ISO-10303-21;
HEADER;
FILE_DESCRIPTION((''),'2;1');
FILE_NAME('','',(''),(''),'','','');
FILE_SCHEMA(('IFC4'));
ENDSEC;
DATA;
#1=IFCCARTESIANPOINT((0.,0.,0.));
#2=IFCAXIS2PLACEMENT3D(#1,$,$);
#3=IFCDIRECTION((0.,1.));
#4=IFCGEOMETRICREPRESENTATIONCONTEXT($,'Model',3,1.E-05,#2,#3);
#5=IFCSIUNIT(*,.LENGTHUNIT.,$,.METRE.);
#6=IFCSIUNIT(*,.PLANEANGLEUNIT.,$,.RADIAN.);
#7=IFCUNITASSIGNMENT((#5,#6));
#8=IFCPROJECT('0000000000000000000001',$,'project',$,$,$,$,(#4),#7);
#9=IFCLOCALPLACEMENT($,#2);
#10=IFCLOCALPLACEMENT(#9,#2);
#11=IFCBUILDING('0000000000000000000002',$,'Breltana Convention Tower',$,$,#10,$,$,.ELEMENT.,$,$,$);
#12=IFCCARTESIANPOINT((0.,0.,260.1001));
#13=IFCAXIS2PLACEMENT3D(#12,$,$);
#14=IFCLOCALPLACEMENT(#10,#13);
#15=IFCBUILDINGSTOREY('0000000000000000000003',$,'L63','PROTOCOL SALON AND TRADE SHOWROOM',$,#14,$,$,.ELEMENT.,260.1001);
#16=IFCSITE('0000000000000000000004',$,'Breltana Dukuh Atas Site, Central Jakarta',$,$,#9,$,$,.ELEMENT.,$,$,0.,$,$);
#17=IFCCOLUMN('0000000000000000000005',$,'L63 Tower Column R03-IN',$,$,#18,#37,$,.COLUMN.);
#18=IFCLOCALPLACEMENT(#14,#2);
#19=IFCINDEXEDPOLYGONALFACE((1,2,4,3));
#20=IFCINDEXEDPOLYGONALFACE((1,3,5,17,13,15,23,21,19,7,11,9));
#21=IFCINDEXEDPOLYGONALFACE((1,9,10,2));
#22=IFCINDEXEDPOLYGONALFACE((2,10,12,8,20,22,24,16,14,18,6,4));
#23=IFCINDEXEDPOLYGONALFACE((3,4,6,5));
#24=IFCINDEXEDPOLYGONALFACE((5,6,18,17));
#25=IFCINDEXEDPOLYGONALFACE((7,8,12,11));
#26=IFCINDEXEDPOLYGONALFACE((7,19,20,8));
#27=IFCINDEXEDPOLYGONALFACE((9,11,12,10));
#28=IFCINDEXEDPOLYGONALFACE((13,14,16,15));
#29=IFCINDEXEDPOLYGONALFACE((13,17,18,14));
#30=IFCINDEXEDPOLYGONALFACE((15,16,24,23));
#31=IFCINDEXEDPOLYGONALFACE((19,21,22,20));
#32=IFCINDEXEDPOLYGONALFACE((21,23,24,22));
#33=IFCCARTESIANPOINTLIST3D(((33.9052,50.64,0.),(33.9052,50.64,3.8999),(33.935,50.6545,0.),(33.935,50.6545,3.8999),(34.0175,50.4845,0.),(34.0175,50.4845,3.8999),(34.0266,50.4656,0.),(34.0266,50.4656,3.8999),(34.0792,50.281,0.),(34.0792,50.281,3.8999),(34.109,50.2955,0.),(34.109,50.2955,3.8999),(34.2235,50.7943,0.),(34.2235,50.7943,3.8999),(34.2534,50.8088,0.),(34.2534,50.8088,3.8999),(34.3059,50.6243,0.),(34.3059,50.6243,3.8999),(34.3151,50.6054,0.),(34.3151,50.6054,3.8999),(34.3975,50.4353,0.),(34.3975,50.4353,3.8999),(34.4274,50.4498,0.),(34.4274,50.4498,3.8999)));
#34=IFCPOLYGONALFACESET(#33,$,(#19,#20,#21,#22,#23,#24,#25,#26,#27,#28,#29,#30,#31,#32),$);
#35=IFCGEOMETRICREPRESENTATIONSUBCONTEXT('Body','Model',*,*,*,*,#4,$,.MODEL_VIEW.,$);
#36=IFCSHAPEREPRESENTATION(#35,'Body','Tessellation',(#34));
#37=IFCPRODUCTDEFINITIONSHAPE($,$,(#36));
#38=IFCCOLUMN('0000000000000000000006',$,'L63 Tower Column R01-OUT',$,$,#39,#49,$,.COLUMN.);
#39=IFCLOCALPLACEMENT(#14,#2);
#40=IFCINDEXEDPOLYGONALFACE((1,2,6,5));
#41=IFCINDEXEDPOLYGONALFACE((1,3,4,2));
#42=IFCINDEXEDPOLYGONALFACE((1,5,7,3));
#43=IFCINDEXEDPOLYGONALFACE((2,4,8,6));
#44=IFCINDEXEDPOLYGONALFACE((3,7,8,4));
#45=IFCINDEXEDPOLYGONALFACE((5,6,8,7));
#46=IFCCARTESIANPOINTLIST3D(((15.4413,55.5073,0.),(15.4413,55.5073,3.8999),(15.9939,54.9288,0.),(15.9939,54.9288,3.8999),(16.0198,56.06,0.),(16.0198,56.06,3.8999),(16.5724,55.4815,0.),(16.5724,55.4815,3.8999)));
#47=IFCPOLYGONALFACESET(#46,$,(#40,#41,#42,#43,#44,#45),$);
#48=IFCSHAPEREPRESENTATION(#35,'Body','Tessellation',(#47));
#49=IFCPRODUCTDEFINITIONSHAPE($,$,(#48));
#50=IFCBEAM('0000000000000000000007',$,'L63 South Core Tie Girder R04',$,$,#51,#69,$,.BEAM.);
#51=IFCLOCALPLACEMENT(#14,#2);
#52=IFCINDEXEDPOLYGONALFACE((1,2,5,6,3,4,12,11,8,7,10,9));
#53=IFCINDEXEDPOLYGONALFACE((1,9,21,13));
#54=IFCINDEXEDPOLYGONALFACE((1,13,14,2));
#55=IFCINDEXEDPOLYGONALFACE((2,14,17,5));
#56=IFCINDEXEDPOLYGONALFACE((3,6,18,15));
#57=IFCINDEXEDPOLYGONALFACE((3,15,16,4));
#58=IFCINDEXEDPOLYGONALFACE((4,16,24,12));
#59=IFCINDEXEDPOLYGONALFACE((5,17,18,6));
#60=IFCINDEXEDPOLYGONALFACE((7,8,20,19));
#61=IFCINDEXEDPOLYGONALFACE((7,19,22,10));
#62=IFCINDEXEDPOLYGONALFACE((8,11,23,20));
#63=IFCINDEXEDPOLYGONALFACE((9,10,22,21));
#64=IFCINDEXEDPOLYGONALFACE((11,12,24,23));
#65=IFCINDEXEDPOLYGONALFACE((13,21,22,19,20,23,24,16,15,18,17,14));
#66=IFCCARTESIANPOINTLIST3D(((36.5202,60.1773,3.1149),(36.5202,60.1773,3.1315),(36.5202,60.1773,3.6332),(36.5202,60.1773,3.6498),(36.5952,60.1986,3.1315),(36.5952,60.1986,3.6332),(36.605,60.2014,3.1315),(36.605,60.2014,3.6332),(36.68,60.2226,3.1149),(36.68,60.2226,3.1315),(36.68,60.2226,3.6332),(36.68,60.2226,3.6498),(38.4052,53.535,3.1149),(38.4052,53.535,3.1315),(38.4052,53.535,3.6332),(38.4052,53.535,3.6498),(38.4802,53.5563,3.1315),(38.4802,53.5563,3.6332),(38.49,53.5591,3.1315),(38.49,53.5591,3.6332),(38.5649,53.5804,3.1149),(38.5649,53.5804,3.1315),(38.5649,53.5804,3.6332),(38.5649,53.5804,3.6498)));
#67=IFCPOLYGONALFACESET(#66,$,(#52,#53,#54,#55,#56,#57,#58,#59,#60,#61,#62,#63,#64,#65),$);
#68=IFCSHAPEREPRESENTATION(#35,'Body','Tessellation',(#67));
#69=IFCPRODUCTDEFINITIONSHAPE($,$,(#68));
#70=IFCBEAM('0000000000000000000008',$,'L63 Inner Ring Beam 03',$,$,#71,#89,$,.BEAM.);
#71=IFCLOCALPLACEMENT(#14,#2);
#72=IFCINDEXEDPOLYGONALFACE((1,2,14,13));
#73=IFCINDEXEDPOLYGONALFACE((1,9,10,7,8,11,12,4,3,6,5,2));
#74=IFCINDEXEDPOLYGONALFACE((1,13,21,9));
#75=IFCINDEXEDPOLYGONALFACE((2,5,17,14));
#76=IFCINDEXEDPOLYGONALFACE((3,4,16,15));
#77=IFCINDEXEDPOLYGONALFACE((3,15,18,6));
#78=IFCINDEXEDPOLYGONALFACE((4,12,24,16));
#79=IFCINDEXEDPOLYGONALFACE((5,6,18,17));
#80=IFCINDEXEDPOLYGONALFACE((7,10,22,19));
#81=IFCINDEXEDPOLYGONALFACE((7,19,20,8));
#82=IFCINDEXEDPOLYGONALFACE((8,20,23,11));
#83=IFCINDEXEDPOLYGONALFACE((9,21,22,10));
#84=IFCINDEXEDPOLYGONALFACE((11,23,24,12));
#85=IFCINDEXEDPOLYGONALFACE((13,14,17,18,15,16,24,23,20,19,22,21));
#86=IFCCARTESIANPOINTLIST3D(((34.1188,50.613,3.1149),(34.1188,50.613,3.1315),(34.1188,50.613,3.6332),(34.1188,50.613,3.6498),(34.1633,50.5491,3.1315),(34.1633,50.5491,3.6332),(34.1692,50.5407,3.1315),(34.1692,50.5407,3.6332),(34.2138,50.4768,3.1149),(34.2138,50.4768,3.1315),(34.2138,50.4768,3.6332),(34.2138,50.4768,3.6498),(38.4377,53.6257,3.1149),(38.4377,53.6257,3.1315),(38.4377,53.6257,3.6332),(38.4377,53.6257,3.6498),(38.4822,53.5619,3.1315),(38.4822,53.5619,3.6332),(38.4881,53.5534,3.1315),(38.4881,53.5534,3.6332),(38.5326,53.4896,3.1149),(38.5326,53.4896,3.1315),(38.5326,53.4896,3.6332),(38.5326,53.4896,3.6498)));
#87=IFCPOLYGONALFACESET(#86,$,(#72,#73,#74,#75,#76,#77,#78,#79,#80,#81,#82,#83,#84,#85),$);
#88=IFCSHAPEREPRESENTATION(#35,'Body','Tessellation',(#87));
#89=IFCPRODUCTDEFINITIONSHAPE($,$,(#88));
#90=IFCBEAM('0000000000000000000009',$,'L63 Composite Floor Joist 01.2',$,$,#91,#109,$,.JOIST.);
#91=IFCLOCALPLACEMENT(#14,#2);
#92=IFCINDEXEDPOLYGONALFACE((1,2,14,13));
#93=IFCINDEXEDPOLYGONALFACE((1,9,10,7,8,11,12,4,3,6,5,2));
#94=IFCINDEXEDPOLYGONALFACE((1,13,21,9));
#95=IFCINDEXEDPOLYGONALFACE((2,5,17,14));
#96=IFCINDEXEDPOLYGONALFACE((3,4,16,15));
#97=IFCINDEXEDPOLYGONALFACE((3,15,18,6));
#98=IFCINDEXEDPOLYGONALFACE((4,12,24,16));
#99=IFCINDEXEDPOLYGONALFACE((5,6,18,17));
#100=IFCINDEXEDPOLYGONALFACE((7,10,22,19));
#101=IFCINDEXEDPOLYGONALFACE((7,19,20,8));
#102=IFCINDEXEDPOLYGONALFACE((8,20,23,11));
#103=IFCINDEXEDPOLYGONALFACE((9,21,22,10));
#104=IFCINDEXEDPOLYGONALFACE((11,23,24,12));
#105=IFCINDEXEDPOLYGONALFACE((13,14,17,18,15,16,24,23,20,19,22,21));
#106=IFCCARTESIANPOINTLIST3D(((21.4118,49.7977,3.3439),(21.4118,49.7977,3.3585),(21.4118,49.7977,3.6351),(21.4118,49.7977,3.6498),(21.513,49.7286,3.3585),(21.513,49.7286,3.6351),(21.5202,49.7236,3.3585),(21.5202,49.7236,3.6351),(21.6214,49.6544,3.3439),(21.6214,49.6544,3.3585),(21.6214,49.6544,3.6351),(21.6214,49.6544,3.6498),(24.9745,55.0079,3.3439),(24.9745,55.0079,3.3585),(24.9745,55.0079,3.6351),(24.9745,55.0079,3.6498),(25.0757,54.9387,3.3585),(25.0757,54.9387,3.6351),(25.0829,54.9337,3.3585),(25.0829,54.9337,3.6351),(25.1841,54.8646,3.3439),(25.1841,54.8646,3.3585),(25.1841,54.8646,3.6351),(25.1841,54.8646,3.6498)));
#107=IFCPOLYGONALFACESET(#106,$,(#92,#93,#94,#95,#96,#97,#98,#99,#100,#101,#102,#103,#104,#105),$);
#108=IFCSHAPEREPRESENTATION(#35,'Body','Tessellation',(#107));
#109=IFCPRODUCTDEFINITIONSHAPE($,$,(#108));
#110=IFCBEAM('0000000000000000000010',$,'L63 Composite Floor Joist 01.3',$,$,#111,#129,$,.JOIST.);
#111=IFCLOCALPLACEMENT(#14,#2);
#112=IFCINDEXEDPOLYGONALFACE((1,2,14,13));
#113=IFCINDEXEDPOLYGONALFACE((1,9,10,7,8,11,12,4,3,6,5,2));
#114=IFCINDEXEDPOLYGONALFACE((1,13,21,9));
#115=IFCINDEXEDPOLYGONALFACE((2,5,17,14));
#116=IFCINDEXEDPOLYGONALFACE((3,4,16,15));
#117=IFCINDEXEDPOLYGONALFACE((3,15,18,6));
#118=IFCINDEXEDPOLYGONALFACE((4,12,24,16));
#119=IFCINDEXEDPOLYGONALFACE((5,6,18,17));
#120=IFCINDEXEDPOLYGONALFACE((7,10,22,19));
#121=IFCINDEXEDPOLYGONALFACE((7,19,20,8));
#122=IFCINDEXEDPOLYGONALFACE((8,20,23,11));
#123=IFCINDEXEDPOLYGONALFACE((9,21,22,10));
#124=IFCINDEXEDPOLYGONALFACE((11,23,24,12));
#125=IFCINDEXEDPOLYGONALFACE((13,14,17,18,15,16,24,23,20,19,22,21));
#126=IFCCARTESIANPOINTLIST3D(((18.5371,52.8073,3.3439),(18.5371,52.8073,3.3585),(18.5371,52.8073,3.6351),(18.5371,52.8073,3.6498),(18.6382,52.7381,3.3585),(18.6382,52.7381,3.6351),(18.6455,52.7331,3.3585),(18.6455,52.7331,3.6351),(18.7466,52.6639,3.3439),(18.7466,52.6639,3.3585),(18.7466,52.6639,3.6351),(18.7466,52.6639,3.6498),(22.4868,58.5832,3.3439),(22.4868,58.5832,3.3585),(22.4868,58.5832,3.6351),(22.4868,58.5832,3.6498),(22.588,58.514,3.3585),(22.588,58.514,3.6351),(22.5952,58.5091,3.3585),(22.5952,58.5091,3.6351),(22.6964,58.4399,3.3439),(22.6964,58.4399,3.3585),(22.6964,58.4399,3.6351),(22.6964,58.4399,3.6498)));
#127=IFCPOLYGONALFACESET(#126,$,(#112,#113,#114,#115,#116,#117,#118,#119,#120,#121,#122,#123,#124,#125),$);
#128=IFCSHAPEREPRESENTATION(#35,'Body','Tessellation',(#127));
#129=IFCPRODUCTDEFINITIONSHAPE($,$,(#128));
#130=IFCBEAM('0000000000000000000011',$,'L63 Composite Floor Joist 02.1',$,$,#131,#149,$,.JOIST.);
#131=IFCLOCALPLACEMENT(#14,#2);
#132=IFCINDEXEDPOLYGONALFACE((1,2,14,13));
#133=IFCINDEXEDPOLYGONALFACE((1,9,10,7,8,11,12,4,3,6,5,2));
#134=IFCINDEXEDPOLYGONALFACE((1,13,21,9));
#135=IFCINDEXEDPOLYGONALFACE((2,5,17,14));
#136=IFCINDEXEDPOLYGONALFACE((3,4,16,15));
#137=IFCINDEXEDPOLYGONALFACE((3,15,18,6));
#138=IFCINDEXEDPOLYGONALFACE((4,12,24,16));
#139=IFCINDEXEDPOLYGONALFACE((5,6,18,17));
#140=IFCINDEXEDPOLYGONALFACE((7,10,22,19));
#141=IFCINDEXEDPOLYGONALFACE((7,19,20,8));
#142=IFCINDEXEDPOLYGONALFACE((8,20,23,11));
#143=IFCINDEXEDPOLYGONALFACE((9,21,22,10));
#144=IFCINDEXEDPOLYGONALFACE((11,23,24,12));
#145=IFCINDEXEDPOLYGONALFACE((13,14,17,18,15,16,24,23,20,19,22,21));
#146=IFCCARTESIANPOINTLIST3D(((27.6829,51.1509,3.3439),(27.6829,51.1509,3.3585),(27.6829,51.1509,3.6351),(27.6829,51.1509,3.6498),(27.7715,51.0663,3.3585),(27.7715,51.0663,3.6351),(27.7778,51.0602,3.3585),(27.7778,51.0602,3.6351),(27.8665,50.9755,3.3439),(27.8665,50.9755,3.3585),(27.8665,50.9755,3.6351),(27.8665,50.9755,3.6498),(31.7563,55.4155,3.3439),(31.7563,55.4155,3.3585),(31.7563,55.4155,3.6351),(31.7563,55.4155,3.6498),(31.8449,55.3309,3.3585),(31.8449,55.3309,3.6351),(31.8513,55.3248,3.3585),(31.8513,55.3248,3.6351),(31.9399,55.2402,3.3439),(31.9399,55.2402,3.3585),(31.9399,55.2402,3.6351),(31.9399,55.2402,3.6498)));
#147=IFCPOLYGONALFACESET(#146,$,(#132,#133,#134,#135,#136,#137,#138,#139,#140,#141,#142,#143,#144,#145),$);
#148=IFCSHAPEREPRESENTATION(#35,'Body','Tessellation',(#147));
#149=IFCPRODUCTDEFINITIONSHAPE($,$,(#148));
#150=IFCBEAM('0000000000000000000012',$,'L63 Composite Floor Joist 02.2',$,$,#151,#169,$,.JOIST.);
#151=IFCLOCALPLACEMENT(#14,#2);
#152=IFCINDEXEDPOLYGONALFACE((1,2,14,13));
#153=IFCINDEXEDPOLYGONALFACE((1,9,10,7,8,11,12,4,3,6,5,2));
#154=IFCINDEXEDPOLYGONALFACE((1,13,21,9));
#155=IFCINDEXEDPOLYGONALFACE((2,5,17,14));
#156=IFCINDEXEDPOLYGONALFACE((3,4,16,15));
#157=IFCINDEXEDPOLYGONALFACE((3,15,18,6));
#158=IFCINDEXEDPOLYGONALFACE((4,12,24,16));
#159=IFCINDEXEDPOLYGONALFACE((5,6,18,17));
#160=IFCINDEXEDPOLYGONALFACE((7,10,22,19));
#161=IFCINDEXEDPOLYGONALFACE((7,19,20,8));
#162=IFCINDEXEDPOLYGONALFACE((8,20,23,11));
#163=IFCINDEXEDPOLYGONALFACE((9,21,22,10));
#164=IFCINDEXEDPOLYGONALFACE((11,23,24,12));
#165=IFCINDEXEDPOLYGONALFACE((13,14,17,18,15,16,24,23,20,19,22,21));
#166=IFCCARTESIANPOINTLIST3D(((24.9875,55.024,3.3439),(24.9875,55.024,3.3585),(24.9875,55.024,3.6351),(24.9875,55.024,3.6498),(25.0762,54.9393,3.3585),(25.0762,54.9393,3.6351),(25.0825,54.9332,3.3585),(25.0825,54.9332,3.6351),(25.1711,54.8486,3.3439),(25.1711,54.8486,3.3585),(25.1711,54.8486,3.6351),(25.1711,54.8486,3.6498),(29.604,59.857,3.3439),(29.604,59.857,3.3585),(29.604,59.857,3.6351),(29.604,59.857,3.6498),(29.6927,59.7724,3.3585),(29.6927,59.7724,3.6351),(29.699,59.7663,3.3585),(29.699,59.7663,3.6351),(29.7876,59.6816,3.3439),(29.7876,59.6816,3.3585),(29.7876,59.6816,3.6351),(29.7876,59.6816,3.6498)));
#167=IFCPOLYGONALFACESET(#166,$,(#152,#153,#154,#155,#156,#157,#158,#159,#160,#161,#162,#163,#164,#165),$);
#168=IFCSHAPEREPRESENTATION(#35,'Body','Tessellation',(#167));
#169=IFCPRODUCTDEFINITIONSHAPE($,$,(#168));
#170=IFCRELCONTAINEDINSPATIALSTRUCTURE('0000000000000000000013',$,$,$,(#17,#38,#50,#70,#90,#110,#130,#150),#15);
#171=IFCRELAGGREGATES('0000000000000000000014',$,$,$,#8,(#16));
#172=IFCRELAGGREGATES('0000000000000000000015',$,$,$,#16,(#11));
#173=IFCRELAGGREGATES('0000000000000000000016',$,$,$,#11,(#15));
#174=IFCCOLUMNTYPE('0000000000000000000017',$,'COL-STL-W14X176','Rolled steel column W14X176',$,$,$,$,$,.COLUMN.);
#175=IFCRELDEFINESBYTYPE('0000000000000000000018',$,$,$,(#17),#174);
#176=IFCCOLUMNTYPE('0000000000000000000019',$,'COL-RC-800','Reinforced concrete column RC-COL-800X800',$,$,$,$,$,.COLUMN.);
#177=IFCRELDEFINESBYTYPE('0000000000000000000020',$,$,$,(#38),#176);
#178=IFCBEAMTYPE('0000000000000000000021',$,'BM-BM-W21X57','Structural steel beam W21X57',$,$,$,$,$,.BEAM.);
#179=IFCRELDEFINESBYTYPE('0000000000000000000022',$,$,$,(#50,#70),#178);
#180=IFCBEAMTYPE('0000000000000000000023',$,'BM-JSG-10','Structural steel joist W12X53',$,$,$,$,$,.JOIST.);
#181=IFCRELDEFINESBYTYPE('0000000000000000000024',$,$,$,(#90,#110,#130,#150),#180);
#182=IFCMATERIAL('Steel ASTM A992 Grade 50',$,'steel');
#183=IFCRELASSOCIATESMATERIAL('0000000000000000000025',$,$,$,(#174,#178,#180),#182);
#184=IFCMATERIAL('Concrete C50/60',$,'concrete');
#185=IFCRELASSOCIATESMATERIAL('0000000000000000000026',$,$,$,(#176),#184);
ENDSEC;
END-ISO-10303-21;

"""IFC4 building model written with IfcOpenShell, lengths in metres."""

from ifc_helpers import new_model, si_unit, direction, frame, origin, origin_2d, place, context, subcontext, project, spatial, rectangle, i_section, extrude, source, transform, mapped, material, material_profile, profile_set, type_object, type_shapes, element, save


model = new_model("IFC4")

# Units and contexts
model_context = context("Model", 3, precision=1e-05, world=origin(), true_north=direction((0.0, 1.0)))
body_context = subcontext(model_context, "Body", "Model", "MODEL_VIEW")
ifc_project = project(units=[si_unit("LENGTHUNIT", "METRE"), si_unit("PLANEANGLEUNIT", "RADIAN")], contexts=[model_context])

# Site, building, storey
site_placement = place(None, origin())
site = spatial("IfcSite", under=ifc_project, at=site_placement, Name="Breltana Dukuh Atas Site, Central Jakarta", CompositionType="ELEMENT", RefElevation=0.0)
building_placement = place(site_placement, origin())
building = spatial("IfcBuilding", under=site, at=building_placement, Name="Breltana Convention Tower", CompositionType="ELEMENT")
storey_placement = place(building_placement, frame((0.0, 0.0, 260.1001)))
storey = spatial("IfcBuildingStorey", under=building, at=storey_placement, Name="L63", Description="PROTOCOL SALON AND TRADE SHOWROOM", CompositionType="ELEMENT", Elevation=260.1001)

# Columns
ifc_material_1 = material(Name="Steel ASTM A992 Grade 50", Category="steel")
ifc_material_profile_1 = material_profile(ifc_material_1, i_section(OverallWidth=0.3989, OverallDepth=0.387, WebThickness=0.021, FlangeThickness=0.0332, at=origin_2d()), Name="W14X176")
ifc_profile_set_1 = profile_set([ifc_material_profile_1], Name="Steel ASTM A992 Grade 50")
column_type_1 = type_object("IfcColumnType", Name="COL-STL-W14X176", Description="Rolled steel column W14X176", PredefinedType="COLUMN", material=ifc_profile_set_1)
shared_shape_1 = source(origin(), body_context, "Body", "SweptSolid", [
    extrude(i_section(OverallWidth=0.3989, OverallDepth=0.387, WebThickness=0.021, FlangeThickness=0.0332, at=origin_2d()), origin(), (0.0, 0.0, 1.0), 3.8999),
])
type_shapes(column_type_1, [shared_shape_1])
column_1_placement = place(storey_placement, frame((34.1663, 50.5449, 0.0), z_axis=(0.0, 0.0, 1.0), x_axis=(-0.436174, 0.899863, 0.0)))
element("IfcColumn", 1, at=column_1_placement, inside=storey, type_object=column_type_1, Name="L63 Tower Column R03-IN", PredefinedType="COLUMN", context=body_context, shape_type="MappedRepresentation", body=[
    mapped(shared_shape_1, transform((0.0, 0.0, 0.0), scale=1.0)),
])
ifc_material_2 = material(Name="Concrete C50/60", Category="concrete")
ifc_material_profile_2 = material_profile(ifc_material_2, rectangle(XDim=0.8, YDim=0.8, at=origin_2d()), Name="RC-COL-800X800")
ifc_profile_set_2 = profile_set([ifc_material_profile_2], Name="Concrete C50/60")
column_type_2 = type_object("IfcColumnType", Name="COL-RC-800", Description="Reinforced concrete column RC-COL-800X800", PredefinedType="COLUMN", material=ifc_profile_set_2)
shared_shape_2 = source(origin(), body_context, "Body", "SweptSolid", [
    extrude(rectangle(XDim=0.8, YDim=0.8, at=origin_2d()), origin(), (0.0, 0.0, 1.0), 3.8999),
])
column_2_placement = place(storey_placement, frame((16.0068, 55.4944, 0.0), z_axis=(0.0, 0.0, 1.0), x_axis=(-0.690756, 0.723088, 0.0)))
element("IfcColumn", 2, at=column_2_placement, inside=storey, type_object=column_type_2, Name="L63 Tower Column R01-OUT", PredefinedType="COLUMN", context=body_context, shape_type="MappedRepresentation", body=[
    mapped(shared_shape_2, transform((0.0, 0.0, 0.0), scale=1.0)),
])

# Beams
ifc_material_profile_3 = material_profile(ifc_material_1, i_section(OverallWidth=0.166, OverallDepth=0.5349, WebThickness=0.0103, FlangeThickness=0.0166, at=origin_2d()), Name="W21X57")
ifc_profile_set_3 = profile_set([ifc_material_profile_3], Name="Steel ASTM A992 Grade 50")
beam_type_1 = type_object("IfcBeamType", Name="BM-BM-W21X57", Description="Structural steel beam W21X57", PredefinedType="BEAM", material=ifc_profile_set_3)
shared_shape_3 = source(origin(), body_context, "Body", "SweptSolid", [
    extrude(i_section(OverallWidth=0.166, OverallDepth=0.5349, WebThickness=0.0103, FlangeThickness=0.0166, at=origin_2d()), origin(), (0.0, 0.0, 1.0), 6.9045),
])
type_shapes(beam_type_1, [shared_shape_3])
beam_1_placement = place(storey_placement, frame((36.6001, 60.2, 3.3823), z_axis=(0.273007, -0.962012, 0.0), x_axis=(0.962012, 0.273007, 0.0)))
element("IfcBeam", 3, at=beam_1_placement, inside=storey, type_object=beam_type_1, Name="L63 South Core Tie Girder R04", PredefinedType="BEAM", context=body_context, shape_type="MappedRepresentation", body=[
    mapped(shared_shape_3, transform((0.0, 0.0, 0.0), scale=1.0)),
])
shared_shape_4 = source(origin(), body_context, "Body", "SweptSolid", [
    extrude(i_section(OverallWidth=0.166, OverallDepth=0.5349, WebThickness=0.0103, FlangeThickness=0.0166, at=origin_2d()), origin(), (0.0, 0.0, 1.0), 5.2659),
])
beam_2_placement = place(storey_placement, frame((34.1663, 50.5449, 3.3823), z_axis=(0.820167, 0.572124, 0.0), x_axis=(-0.572124, 0.820167, 0.0)))
element("IfcBeam", 4, at=beam_2_placement, inside=storey, type_object=beam_type_1, Name="L63 Inner Ring Beam 03", PredefinedType="BEAM", context=body_context, shape_type="MappedRepresentation", body=[
    mapped(shared_shape_4, transform((0.0, 0.0, 0.0), scale=1.0)),
])
ifc_material_profile_4 = material_profile(ifc_material_1, i_section(OverallWidth=0.2539, OverallDepth=0.3059, WebThickness=0.0088, FlangeThickness=0.0146, at=origin_2d()), Name="W12X53")
ifc_profile_set_4 = profile_set([ifc_material_profile_4], Name="Steel ASTM A992 Grade 50")
beam_type_2 = type_object("IfcBeamType", Name="BM-JSG-10", Description="Structural steel joist W12X53", PredefinedType="JOIST", material=ifc_profile_set_4)
shared_shape_5 = source(origin(), body_context, "Body", "SweptSolid", [
    extrude(i_section(OverallWidth=0.2539, OverallDepth=0.3059, WebThickness=0.0088, FlangeThickness=0.0146, at=origin_2d()), origin(), (0.0, 0.0, 1.0), 6.3118),
])
beam_3_placement = place(storey_placement, frame((21.5166, 49.7261, 3.4968), z_axis=(0.564454, 0.825465, 0.0), x_axis=(-0.825465, 0.564454, 0.0)))
element("IfcBeam", 5, at=beam_3_placement, inside=storey, type_object=beam_type_2, Name="L63 Composite Floor Joist 01.2", PredefinedType="JOIST", context=body_context, shape_type="MappedRepresentation", body=[
    mapped(shared_shape_5, transform((0.0, 0.0, 0.0), scale=1.0)),
])
shared_shape_6 = source(origin(), body_context, "Body", "SweptSolid", [
    extrude(i_section(OverallWidth=0.2539, OverallDepth=0.3059, WebThickness=0.0088, FlangeThickness=0.0146, at=origin_2d()), origin(), (0.0, 0.0, 1.0), 6.9973),
])
beam_4_placement = place(storey_placement, frame((18.6418, 52.7356, 3.4968), z_axis=(0.564469, 0.825454, 0.0), x_axis=(-0.825454, 0.564469, 0.0)))
element("IfcBeam", 6, at=beam_4_placement, inside=storey, type_object=beam_type_2, Name="L63 Composite Floor Joist 01.3", PredefinedType="JOIST", context=body_context, shape_type="MappedRepresentation", body=[
    mapped(shared_shape_6, transform((0.0, 0.0, 0.0), scale=1.0)),
])
shared_shape_7 = source(origin(), body_context, "Body", "SweptSolid", [
    extrude(i_section(OverallWidth=0.2539, OverallDepth=0.3059, WebThickness=0.0088, FlangeThickness=0.0146, at=origin_2d()), origin(), (0.0, 0.0, 1.0), 5.8975),
])
beam_5_placement = place(storey_placement, frame((27.7747, 51.0632, 3.4968), z_axis=(0.690714, 0.723128, 0.0), x_axis=(-0.723128, 0.690714, 0.0)))
element("IfcBeam", 7, at=beam_5_placement, inside=storey, type_object=beam_type_2, Name="L63 Composite Floor Joist 02.1", PredefinedType="JOIST", context=body_context, shape_type="MappedRepresentation", body=[
    mapped(shared_shape_7, transform((0.0, 0.0, 0.0), scale=1.0)),
])
shared_shape_8 = source(origin(), body_context, "Body", "SweptSolid", [
    extrude(i_section(OverallWidth=0.2539, OverallDepth=0.3059, WebThickness=0.0088, FlangeThickness=0.0146, at=origin_2d()), origin(), (0.0, 0.0, 1.0), 6.6836),
])
beam_6_placement = place(storey_placement, frame((25.0793, 54.9363, 3.4968), z_axis=(0.690721, 0.723122, 0.0), x_axis=(-0.723122, 0.690721, 0.0)))
element("IfcBeam", 8, at=beam_6_placement, inside=storey, type_object=beam_type_2, Name="L63 Composite Floor Joist 02.2", PredefinedType="JOIST", context=body_context, shape_type="MappedRepresentation", body=[
    mapped(shared_shape_8, transform((0.0, 0.0, 0.0), scale=1.0)),
])

save(model, "model.ifc")
